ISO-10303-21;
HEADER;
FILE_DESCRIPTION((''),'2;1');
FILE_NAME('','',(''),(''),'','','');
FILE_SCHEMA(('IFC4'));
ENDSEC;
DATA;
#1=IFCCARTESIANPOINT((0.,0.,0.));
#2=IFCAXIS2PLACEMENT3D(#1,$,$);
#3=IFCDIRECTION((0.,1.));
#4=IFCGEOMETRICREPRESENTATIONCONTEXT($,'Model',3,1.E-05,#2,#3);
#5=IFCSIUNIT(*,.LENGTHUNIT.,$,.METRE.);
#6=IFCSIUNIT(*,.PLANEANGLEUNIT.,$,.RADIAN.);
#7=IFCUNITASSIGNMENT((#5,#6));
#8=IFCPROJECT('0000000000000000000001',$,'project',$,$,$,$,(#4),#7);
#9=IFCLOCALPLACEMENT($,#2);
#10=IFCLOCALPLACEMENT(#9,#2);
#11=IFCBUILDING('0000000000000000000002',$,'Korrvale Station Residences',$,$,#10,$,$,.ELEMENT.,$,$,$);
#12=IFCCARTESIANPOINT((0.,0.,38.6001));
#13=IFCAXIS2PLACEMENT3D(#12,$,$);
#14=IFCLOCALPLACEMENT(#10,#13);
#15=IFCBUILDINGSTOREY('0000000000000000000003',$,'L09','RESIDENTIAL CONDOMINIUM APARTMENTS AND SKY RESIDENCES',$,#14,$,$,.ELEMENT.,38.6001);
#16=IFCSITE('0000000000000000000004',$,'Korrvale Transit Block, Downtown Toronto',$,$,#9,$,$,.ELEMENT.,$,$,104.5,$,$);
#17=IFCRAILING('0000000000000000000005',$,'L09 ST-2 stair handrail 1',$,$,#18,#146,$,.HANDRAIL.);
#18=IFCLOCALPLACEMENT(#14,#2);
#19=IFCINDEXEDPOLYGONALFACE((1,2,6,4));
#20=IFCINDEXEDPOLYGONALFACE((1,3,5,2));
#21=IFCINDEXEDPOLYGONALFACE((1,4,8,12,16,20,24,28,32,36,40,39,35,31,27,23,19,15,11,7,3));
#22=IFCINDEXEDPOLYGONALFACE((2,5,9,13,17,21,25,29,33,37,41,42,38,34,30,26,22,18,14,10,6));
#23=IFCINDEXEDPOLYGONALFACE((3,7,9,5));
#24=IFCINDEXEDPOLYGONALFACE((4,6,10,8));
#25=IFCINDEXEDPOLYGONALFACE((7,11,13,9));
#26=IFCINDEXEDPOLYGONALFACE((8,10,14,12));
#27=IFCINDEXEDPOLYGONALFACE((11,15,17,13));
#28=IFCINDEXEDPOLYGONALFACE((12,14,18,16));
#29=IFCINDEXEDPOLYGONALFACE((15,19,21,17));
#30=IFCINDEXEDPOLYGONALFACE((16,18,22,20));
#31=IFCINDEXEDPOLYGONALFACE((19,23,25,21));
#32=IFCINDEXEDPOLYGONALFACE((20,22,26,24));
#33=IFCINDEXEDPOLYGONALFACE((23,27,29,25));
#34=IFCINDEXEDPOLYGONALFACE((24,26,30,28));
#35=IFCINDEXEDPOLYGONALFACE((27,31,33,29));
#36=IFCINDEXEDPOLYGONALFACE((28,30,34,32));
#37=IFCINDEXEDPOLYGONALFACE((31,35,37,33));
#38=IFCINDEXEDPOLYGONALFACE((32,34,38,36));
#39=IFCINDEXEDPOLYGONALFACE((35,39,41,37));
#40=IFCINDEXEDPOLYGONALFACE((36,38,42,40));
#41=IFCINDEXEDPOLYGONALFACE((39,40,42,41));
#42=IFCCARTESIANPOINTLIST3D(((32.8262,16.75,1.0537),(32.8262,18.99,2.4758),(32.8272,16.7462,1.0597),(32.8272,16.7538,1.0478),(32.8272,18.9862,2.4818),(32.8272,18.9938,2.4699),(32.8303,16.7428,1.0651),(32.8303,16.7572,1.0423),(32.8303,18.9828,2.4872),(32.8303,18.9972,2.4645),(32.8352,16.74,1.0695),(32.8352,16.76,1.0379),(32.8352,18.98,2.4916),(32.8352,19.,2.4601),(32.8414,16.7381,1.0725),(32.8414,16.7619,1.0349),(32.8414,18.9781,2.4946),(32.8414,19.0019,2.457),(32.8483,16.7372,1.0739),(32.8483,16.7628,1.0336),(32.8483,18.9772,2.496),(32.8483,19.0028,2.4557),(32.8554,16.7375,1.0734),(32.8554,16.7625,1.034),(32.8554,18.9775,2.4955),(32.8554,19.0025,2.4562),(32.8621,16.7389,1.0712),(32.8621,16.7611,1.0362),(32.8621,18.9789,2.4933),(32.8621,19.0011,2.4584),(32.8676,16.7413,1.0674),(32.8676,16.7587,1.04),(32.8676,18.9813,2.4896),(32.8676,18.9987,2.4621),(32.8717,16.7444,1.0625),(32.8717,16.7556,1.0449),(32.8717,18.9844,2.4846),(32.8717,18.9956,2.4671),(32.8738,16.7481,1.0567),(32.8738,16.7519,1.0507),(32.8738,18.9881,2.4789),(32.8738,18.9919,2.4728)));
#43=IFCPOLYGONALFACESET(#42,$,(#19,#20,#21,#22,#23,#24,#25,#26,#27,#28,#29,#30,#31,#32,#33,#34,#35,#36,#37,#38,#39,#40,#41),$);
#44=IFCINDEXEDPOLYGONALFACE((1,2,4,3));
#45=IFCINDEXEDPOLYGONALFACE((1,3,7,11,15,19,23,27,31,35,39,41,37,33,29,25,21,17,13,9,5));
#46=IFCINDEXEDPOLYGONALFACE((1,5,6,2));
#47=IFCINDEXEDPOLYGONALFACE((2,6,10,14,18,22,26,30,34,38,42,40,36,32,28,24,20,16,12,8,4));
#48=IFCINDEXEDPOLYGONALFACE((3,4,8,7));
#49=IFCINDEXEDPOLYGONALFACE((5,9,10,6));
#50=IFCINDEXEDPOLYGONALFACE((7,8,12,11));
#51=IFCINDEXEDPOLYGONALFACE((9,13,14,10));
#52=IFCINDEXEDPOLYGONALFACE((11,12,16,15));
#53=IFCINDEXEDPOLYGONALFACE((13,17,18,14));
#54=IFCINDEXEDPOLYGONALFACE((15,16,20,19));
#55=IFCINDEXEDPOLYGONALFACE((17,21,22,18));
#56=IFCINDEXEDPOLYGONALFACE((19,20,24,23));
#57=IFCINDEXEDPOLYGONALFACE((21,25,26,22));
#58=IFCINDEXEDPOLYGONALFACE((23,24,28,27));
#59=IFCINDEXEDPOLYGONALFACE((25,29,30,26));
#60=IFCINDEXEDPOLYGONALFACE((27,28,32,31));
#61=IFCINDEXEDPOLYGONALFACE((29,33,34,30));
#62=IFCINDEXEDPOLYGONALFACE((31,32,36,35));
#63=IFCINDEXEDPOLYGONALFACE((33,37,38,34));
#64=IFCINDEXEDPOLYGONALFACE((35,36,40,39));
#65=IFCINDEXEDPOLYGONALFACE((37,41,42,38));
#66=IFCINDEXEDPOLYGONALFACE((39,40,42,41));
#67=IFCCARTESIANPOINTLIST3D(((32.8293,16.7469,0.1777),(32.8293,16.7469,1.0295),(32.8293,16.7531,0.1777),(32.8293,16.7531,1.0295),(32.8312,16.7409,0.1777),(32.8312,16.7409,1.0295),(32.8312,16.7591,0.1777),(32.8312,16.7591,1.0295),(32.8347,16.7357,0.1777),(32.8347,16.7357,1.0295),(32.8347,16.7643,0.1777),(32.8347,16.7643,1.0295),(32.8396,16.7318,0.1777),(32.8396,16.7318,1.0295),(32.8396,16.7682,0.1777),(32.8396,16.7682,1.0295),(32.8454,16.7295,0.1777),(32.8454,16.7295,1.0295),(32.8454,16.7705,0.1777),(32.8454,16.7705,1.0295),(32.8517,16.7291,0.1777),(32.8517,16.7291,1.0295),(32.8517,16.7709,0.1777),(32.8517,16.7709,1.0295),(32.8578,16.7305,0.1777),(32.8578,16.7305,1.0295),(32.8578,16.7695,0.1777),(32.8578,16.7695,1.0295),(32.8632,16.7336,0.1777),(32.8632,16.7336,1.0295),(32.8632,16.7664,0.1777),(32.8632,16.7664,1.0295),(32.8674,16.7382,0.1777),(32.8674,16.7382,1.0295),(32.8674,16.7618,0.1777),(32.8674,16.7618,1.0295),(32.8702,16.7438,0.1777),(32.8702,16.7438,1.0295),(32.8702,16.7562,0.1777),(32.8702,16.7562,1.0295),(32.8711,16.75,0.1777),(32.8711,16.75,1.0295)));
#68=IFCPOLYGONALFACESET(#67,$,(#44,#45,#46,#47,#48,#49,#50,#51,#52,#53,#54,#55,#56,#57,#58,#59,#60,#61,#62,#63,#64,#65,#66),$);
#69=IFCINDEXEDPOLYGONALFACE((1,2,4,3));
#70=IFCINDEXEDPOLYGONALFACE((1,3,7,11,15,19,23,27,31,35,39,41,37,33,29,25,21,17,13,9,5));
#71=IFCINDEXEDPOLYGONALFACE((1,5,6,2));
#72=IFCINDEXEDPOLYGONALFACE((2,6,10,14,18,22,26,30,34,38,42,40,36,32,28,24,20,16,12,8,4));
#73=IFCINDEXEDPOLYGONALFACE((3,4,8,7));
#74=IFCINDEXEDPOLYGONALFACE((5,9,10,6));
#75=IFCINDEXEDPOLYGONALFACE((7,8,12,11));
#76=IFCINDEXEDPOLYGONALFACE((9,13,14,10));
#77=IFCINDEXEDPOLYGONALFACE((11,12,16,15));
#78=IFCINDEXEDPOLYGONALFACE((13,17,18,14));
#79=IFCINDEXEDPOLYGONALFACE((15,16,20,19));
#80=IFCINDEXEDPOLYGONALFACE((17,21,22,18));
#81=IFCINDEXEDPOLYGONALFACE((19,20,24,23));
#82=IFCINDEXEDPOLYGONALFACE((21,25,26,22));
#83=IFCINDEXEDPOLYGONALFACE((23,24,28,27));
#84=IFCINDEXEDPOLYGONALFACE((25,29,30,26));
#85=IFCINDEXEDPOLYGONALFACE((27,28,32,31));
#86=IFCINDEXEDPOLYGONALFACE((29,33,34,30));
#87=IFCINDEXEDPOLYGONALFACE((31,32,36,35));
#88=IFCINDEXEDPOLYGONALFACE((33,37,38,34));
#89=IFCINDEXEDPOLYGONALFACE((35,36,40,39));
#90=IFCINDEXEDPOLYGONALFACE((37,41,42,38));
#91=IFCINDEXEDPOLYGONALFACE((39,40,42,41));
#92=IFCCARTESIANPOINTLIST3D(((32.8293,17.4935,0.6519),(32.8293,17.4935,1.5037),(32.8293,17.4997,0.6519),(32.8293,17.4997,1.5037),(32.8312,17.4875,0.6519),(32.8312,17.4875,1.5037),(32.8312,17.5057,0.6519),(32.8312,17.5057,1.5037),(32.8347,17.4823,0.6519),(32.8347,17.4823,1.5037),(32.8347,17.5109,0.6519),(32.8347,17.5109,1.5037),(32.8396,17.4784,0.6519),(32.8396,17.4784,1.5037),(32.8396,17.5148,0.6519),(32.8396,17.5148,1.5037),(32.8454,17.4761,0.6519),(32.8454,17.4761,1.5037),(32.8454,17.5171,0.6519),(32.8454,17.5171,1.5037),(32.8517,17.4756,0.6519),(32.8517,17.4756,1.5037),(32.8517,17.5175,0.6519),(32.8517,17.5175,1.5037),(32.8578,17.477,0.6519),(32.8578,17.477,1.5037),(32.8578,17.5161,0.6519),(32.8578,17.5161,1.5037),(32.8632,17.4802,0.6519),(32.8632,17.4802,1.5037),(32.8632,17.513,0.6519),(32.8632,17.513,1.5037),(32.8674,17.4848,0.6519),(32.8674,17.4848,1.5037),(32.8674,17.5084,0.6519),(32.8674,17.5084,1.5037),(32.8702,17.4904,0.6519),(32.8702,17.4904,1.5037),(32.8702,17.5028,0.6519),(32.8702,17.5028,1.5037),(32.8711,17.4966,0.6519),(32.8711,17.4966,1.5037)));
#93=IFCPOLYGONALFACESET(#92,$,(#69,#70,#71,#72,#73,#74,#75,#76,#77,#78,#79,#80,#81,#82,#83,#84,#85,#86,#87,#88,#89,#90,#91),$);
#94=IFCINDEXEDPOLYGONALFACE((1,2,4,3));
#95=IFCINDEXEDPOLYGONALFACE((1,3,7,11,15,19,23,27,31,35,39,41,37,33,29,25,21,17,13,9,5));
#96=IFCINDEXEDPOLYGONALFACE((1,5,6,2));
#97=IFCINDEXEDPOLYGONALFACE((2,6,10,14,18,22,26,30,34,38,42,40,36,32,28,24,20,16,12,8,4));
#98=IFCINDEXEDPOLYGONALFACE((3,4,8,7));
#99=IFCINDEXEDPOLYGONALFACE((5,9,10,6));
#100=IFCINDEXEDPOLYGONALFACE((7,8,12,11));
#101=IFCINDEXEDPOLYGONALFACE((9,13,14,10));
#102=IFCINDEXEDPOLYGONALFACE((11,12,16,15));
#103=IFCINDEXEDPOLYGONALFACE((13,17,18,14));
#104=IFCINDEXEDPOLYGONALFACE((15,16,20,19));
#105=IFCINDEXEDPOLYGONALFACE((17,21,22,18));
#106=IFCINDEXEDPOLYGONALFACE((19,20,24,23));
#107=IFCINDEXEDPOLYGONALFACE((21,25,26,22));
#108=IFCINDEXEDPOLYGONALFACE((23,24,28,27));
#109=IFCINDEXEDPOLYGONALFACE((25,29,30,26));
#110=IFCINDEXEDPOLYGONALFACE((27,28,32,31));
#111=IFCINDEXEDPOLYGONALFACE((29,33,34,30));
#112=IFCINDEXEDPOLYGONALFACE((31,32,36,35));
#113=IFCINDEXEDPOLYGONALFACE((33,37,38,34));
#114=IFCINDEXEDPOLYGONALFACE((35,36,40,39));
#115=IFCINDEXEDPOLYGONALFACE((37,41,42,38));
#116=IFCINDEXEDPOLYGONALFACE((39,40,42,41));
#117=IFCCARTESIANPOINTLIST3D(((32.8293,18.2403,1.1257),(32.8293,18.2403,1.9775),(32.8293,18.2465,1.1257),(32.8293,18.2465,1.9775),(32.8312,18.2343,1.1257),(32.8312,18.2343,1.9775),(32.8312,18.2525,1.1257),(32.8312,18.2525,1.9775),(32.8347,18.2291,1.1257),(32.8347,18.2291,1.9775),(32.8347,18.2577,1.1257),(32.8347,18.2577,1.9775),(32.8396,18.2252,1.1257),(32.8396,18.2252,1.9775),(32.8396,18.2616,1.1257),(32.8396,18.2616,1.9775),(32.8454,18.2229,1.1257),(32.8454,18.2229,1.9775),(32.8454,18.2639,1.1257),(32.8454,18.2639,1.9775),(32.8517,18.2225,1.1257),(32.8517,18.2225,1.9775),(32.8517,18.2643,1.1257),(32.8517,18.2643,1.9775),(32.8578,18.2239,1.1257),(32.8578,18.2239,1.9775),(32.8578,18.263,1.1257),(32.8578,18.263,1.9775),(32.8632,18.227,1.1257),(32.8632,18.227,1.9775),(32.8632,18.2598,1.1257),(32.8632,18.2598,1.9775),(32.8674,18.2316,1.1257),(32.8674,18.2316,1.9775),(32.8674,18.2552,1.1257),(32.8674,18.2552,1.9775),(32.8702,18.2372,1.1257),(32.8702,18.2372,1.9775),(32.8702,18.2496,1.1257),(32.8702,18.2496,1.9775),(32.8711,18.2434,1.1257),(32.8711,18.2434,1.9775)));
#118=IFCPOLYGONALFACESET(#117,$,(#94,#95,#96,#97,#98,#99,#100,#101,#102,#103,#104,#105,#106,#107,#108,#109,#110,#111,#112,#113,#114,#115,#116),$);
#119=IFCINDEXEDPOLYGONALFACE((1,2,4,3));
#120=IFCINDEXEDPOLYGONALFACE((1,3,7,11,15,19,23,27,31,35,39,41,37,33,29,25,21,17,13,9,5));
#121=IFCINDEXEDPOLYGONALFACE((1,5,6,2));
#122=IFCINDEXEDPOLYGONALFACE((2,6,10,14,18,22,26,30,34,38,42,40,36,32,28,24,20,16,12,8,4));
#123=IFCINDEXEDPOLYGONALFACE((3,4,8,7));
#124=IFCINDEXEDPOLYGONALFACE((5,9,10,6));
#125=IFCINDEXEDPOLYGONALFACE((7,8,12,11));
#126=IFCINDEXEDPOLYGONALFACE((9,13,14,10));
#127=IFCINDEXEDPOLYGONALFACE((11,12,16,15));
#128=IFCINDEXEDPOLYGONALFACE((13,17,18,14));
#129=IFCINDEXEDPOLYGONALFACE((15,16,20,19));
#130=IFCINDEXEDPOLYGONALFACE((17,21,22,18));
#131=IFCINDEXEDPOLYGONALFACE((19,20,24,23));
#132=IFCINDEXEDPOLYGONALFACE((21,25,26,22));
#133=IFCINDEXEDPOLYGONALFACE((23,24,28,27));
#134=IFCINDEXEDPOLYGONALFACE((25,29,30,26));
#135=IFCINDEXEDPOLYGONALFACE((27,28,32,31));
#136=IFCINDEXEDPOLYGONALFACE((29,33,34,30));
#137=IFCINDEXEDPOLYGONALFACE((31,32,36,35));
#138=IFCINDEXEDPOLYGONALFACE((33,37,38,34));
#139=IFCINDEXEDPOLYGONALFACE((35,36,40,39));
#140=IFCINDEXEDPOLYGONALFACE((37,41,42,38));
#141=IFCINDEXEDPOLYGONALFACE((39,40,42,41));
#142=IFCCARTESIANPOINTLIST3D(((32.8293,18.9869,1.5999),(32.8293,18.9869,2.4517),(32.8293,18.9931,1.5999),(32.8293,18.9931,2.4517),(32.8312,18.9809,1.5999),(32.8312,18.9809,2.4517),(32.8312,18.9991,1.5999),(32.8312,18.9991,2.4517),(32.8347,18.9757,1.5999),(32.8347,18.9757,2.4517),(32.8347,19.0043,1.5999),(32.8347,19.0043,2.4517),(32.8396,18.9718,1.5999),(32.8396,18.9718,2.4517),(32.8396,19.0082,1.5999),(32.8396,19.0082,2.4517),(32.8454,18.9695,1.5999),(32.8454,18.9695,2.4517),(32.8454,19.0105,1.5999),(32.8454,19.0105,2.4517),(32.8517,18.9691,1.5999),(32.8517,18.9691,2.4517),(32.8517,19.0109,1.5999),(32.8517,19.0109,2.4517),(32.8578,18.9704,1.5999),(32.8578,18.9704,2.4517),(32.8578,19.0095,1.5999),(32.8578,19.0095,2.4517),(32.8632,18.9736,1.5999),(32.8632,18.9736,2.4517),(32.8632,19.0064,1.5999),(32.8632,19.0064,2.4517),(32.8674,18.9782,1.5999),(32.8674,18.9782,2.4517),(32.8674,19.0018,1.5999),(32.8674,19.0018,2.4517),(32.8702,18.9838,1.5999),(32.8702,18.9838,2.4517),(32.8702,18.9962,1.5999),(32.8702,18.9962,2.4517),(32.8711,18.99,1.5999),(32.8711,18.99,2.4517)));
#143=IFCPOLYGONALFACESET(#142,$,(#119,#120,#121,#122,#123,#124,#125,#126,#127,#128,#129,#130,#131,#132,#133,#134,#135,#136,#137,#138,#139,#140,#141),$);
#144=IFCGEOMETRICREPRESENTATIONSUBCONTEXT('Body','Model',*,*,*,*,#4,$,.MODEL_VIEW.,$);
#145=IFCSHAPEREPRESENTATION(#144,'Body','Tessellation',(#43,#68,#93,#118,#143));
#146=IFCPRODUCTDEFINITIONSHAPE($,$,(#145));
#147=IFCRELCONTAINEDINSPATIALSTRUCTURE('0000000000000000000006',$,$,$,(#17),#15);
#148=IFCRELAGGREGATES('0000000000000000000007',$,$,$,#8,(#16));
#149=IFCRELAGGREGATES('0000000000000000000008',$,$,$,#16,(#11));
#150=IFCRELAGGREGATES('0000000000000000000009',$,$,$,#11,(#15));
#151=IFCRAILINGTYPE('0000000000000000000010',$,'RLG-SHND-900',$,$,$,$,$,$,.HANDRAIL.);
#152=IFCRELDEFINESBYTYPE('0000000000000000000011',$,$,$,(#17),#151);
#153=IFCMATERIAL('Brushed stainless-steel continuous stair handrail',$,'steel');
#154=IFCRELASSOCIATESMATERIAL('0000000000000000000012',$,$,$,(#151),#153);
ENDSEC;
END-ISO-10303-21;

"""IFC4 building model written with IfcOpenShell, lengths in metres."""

from ifc_helpers import new_model, si_unit, direction, frame, origin, origin_2d, place, context, subcontext, project, spatial, circle, extrude, material, type_object, element, save


model = new_model("IFC4")

# Units and contexts
model_context = context("Model", 3, precision=1e-05, world=origin(), true_north=direction((0.0, 1.0)))
body_context = subcontext(model_context, "Body", "Model", "MODEL_VIEW")
ifc_project = project(units=[si_unit("LENGTHUNIT", "METRE"), si_unit("PLANEANGLEUNIT", "RADIAN")], contexts=[model_context])

# Site, building, storey
site_placement = place(None, origin())
site = spatial("IfcSite", under=ifc_project, at=site_placement, Name="Korrvale Transit Block, Downtown Toronto", CompositionType="ELEMENT", RefElevation=104.5)
building_placement = place(site_placement, origin())
building = spatial("IfcBuilding", under=site, at=building_placement, Name="Korrvale Station Residences", CompositionType="ELEMENT")
storey_placement = place(building_placement, frame((0.0, 0.0, 38.6001)))
storey = spatial("IfcBuildingStorey", under=building, at=storey_placement, Name="L09", Description="RESIDENTIAL CONDOMINIUM APARTMENTS AND SKY RESIDENCES", CompositionType="ELEMENT", Elevation=38.6001)

# Railing
ifc_material_1 = material(Name="Brushed stainless-steel continuous stair handrail", Category="steel")
railing_type_1 = type_object("IfcRailingType", Name="RLG-SHND-900", PredefinedType="HANDRAIL", material=ifc_material_1)
railing_1_placement = place(storey_placement, frame((32.8501, 16.75, 0.1777)))
element("IfcRailing", 1, at=railing_1_placement, inside=storey, type_object=railing_type_1, Name="L09 ST-2 stair handrail 1", PredefinedType="HANDRAIL", context=body_context, shape_type="SweptSolid", body=[
    extrude(circle(Radius=0.0239, at=origin_2d()), frame((0.0, 0.0, 0.876), z_axis=(0.0, 0.844229, 0.535982), x_axis=(-1.0, 0.0, 0.0)), (0.0, 0.0, 1.0), 2.6533),
    extrude(circle(Radius=0.021, at=origin_2d()), origin(), (0.0, 0.0, 1.0), 0.8518),
    extrude(circle(Radius=0.021, at=origin_2d()), frame((0.0, 0.7466, 0.4741)), (0.0, 0.0, 1.0), 0.8518),
    extrude(circle(Radius=0.021, at=origin_2d()), frame((0.0, 1.4934, 0.948)), (0.0, 0.0, 1.0), 0.8518),
    extrude(circle(Radius=0.021, at=origin_2d()), frame((0.0, 2.24, 1.4221)), (0.0, 0.0, 1.0), 0.8518),
])

save(model, "model.ifc")
